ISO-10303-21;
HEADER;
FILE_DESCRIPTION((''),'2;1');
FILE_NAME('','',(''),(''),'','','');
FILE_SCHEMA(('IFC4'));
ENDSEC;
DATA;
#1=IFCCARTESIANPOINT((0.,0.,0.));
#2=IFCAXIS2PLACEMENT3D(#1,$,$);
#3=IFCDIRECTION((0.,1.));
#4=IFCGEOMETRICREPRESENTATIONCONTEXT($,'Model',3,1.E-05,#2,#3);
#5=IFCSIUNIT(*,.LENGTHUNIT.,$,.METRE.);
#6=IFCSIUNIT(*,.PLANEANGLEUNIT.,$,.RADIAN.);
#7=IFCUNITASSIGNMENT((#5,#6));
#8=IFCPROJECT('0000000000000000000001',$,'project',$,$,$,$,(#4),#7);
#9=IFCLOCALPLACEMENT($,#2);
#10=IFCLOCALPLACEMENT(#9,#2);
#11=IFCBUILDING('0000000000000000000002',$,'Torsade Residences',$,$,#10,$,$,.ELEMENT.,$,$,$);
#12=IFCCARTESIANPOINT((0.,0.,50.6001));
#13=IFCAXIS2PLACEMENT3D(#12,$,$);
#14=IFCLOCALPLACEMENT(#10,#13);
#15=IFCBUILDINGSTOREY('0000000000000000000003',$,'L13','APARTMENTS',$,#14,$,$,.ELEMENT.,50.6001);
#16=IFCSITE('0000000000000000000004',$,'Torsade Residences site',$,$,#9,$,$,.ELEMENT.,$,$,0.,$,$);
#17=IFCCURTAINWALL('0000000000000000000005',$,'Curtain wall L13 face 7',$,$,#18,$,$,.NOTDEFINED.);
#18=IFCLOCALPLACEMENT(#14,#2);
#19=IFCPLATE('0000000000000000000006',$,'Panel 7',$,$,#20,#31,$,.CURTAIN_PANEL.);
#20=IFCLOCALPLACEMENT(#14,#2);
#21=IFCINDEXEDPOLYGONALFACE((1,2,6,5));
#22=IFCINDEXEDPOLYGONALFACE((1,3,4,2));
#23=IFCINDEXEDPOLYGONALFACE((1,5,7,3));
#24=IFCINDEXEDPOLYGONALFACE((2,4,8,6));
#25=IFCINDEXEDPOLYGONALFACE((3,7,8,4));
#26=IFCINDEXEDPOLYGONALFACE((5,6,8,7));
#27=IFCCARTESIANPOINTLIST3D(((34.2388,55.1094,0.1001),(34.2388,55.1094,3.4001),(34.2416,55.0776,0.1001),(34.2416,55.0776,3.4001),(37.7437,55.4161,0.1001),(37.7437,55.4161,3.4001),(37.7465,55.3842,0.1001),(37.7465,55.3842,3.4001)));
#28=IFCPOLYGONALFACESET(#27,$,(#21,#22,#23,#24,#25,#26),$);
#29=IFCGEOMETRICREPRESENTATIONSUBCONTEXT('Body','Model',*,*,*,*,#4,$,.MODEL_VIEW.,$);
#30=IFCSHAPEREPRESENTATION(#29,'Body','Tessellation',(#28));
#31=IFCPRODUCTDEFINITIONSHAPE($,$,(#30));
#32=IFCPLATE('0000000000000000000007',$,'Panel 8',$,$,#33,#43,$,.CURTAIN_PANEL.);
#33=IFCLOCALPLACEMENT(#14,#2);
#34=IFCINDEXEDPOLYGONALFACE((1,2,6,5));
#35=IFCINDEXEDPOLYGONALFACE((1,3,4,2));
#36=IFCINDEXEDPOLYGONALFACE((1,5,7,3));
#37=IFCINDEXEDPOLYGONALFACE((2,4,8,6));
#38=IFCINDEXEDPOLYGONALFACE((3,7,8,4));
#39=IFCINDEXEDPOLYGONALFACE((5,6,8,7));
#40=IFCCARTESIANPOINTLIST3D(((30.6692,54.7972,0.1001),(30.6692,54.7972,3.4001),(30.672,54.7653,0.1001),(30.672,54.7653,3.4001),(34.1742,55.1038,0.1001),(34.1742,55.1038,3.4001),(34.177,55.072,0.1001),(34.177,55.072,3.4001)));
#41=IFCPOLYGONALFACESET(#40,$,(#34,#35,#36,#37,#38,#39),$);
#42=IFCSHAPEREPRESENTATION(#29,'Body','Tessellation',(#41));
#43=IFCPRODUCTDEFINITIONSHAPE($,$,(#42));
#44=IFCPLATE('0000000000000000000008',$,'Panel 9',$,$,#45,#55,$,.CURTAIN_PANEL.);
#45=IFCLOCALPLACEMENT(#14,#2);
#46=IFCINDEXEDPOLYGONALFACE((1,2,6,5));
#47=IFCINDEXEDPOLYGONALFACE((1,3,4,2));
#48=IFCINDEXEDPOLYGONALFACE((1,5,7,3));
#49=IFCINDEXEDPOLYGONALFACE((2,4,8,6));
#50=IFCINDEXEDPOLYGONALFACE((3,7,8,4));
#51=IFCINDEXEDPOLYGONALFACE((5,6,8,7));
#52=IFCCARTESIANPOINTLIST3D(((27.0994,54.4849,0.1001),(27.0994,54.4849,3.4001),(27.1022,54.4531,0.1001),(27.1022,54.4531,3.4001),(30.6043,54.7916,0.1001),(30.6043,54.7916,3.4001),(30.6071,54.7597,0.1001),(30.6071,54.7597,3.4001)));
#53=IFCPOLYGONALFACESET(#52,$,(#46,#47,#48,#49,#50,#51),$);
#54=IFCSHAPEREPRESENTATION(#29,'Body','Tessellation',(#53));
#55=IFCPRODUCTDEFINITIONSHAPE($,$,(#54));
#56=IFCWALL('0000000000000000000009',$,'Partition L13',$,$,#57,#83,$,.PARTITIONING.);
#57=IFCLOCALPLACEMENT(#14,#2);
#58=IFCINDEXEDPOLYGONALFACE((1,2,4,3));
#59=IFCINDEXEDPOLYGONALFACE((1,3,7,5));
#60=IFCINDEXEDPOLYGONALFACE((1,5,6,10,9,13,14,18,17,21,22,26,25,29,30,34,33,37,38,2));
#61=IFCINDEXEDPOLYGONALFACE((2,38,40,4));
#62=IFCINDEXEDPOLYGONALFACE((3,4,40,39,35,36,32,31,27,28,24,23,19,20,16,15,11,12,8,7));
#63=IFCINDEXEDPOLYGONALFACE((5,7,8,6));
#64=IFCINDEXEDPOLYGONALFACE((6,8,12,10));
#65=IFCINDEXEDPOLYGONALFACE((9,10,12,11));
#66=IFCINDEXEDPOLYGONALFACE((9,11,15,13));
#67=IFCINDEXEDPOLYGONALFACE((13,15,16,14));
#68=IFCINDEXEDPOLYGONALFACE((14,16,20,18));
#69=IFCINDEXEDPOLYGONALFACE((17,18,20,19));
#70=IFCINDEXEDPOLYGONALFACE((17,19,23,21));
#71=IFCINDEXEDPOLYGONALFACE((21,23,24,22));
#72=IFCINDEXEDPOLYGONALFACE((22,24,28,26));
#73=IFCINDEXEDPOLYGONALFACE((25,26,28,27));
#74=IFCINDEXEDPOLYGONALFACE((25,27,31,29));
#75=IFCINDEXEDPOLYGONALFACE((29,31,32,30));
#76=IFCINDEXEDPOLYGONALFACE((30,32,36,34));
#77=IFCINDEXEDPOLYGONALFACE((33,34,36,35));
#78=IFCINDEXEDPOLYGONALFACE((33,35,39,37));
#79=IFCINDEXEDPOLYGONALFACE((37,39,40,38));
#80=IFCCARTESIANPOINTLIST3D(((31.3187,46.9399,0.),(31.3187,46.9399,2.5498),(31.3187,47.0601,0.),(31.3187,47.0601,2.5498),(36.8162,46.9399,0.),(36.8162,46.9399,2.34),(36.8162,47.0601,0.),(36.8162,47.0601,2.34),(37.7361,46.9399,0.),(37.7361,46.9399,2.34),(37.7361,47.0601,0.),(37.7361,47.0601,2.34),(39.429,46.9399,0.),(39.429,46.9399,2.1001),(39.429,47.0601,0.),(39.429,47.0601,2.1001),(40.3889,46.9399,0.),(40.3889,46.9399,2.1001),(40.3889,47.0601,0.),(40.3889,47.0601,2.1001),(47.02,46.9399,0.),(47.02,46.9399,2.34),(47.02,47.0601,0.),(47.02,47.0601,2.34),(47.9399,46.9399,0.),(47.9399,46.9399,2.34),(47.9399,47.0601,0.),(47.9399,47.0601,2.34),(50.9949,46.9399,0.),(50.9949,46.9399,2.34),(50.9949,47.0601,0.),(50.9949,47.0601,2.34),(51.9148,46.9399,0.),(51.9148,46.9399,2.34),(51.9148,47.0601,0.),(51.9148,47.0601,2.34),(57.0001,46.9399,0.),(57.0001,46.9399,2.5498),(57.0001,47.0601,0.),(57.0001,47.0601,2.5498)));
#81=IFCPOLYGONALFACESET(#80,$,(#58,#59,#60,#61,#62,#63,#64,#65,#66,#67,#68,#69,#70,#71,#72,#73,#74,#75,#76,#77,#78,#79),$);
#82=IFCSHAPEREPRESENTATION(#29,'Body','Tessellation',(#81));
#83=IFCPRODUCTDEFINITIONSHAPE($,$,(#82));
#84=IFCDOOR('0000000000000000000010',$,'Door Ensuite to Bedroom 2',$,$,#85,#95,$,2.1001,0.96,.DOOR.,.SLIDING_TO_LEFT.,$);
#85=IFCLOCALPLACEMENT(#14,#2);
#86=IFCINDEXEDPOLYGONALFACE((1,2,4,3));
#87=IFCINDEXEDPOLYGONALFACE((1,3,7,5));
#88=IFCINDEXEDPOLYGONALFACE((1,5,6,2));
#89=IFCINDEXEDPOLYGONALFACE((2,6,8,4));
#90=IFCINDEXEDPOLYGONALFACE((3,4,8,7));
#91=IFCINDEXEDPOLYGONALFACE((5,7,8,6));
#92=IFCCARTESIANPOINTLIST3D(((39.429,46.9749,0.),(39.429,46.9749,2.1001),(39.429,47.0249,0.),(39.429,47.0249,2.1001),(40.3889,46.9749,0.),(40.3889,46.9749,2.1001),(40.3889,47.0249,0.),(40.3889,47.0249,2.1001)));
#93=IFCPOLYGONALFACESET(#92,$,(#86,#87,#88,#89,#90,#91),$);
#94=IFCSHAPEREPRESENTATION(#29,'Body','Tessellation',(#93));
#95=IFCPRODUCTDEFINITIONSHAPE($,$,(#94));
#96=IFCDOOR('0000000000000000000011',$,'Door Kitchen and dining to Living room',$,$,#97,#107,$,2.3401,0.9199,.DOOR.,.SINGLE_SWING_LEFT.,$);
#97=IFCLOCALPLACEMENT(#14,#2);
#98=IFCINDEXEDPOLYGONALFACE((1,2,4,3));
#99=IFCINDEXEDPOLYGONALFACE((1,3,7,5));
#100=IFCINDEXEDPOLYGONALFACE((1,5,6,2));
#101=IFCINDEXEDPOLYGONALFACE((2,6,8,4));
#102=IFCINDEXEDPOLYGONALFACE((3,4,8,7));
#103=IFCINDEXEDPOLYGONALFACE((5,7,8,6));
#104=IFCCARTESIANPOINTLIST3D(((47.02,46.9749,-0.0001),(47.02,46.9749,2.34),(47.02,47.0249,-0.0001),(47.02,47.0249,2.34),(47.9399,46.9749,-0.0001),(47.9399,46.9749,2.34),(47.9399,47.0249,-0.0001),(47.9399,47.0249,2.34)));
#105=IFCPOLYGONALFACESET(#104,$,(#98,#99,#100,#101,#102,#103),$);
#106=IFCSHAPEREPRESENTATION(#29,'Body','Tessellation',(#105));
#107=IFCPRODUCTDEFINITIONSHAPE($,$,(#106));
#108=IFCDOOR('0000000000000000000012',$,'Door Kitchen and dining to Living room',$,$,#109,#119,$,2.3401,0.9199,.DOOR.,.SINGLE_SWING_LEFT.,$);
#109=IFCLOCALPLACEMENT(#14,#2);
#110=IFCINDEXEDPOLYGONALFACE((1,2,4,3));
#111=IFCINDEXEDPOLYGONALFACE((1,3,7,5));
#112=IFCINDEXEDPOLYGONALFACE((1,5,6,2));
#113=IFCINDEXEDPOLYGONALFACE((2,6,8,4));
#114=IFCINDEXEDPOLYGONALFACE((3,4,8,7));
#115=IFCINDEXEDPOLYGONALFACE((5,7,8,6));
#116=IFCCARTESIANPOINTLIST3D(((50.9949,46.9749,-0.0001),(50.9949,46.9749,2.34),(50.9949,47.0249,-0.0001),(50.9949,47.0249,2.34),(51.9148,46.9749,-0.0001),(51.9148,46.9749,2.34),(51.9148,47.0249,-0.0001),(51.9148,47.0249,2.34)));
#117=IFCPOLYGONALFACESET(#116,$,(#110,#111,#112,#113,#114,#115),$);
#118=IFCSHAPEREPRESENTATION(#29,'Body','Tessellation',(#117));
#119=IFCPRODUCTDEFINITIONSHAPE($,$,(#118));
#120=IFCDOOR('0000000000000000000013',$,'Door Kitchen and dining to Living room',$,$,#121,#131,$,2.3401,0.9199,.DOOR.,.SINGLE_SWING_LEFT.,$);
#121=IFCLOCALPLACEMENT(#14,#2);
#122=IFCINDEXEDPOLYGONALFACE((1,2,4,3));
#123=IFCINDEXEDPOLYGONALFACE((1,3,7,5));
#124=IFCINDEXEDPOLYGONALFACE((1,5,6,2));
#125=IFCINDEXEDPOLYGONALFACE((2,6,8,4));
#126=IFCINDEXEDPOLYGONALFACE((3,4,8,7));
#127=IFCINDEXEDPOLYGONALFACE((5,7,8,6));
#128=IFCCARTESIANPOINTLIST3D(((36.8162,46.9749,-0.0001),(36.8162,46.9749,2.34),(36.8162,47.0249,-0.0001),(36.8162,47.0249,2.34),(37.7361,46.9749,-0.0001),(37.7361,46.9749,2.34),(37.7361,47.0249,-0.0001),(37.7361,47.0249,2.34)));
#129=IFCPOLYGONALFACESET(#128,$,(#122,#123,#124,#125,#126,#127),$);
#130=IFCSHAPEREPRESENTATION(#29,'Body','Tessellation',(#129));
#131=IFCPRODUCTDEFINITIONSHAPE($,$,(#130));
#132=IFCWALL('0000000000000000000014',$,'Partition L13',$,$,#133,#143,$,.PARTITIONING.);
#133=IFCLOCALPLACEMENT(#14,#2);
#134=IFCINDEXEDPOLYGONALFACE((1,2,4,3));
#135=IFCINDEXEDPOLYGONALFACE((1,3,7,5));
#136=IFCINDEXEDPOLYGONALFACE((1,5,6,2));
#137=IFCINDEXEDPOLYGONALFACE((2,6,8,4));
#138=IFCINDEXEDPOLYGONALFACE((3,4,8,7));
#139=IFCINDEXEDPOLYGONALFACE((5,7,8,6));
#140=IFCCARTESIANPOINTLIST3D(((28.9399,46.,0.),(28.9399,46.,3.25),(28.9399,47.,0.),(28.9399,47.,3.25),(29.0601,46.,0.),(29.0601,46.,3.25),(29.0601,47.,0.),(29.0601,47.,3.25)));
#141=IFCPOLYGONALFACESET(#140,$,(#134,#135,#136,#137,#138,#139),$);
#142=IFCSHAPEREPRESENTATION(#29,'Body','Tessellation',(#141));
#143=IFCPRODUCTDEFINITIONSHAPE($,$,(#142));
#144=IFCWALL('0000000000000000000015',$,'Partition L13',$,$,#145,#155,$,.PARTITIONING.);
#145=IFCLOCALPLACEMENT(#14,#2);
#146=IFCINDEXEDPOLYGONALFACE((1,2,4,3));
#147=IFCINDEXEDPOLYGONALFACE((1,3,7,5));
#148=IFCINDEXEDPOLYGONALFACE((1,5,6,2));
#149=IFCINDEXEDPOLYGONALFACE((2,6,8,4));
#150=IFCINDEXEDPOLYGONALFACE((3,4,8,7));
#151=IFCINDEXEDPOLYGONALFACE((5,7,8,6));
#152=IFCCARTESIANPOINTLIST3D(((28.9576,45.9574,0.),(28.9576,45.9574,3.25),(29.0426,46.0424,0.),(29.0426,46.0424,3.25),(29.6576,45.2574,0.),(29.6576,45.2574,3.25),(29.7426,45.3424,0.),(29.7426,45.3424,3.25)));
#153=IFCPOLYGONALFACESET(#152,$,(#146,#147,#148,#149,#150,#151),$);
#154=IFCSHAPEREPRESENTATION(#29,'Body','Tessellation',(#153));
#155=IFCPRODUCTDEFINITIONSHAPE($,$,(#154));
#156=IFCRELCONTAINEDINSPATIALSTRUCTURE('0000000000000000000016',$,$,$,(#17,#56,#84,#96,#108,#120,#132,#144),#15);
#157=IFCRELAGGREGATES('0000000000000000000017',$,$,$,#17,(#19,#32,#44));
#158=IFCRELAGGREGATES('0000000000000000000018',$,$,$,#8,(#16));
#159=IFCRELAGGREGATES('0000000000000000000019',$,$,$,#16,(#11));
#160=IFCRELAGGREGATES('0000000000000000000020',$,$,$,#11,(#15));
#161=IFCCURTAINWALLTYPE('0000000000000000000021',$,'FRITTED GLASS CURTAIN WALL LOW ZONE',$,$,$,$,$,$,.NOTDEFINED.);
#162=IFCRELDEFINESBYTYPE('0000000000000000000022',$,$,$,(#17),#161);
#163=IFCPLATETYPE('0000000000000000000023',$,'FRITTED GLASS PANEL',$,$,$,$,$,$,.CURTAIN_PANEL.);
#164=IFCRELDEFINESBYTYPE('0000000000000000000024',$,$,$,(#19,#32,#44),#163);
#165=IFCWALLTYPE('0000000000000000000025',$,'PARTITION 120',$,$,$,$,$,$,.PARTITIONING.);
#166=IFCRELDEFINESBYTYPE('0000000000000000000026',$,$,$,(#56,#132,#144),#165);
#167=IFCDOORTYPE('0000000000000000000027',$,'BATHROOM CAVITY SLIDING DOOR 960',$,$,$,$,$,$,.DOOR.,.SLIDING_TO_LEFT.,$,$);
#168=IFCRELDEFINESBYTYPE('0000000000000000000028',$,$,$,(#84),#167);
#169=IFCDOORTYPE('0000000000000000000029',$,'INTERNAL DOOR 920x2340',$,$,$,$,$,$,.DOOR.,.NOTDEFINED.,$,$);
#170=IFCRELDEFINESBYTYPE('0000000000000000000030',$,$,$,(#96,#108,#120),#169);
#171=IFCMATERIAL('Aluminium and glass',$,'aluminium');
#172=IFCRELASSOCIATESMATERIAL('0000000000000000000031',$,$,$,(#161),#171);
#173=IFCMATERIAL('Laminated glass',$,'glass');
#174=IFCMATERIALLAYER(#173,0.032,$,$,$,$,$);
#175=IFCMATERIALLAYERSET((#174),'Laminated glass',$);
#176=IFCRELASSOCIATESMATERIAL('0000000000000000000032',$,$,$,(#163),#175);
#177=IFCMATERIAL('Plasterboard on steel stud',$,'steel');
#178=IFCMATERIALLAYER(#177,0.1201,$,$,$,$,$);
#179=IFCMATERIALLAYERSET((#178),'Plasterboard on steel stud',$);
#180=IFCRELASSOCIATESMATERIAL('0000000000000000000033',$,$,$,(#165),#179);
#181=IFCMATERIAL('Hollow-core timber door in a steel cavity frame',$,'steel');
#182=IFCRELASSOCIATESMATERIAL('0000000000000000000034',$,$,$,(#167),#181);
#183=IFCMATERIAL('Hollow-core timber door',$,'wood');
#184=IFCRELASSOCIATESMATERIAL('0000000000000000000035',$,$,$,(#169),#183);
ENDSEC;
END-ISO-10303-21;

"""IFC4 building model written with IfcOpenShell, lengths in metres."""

from ifc_helpers import new_model, si_unit, direction, frame, frame_2d, origin, origin_2d, place, context, subcontext, project, spatial, rectangle, extrude, material, layer, layer_set, type_object, element, fill, aggregate, save


model = new_model("IFC4")

# Units and contexts
model_context = context("Model", 3, precision=1e-05, world=origin(), true_north=direction((0.0, 1.0)))
body_context = subcontext(model_context, "Body", "Model", "MODEL_VIEW")
ifc_project = project(units=[si_unit("LENGTHUNIT", "METRE"), si_unit("PLANEANGLEUNIT", "RADIAN")], contexts=[model_context])

# Site, building, storey
site_placement = place(None, origin())
site = spatial("IfcSite", under=ifc_project, at=site_placement, Name="Torsade Residences site", CompositionType="ELEMENT", RefElevation=0.0)
building_placement = place(site_placement, origin())
building = spatial("IfcBuilding", under=site, at=building_placement, Name="Torsade Residences", CompositionType="ELEMENT")
storey_placement = place(building_placement, frame((0.0, 0.0, 50.6001)))
storey = spatial("IfcBuildingStorey", under=building, at=storey_placement, Name="L13", Description="APARTMENTS", CompositionType="ELEMENT", Elevation=50.6001)

# Curtain wall
ifc_material_1 = material(Name="Aluminium and glass", Category="aluminium")
curtain_wall_type = type_object("IfcCurtainWallType", Name="FRITTED GLASS CURTAIN WALL LOW ZONE", PredefinedType="NOTDEFINED", material=ifc_material_1)
curtain_wall_placement = place(storey_placement, origin())
curtain_wall = element("IfcCurtainWall", 1, at=curtain_wall_placement, inside=storey, type_object=curtain_wall_type, Name="Curtain wall L13 face 7", PredefinedType="NOTDEFINED")

# Plates
ifc_material_2 = material(Name="Laminated glass", Category="glass")
ifc_layer_1 = layer(ifc_material_2, 0.032)
ifc_layer_set_1 = layer_set([ifc_layer_1], Name="Laminated glass")
plate_type = type_object("IfcPlateType", Name="FRITTED GLASS PANEL", PredefinedType="CURTAIN_PANEL", material=ifc_layer_set_1)
plate_1_placement = place(storey_placement, frame((35.9927, 55.2468, 0.1001), z_axis=(0.0, 0.0, 1.0), x_axis=(-0.996195, -0.087156, 0.0)))
plate_1 = element("IfcPlate", 2, at=plate_1_placement, type_object=plate_type, Name="Panel 7", PredefinedType="CURTAIN_PANEL", context=body_context, shape_type="SweptSolid", body=[
    extrude(rectangle(XDim=3.5183, YDim=0.032, at=origin_2d()), origin(), (0.0, 0.0, 1.0), 3.3),
])
plate_2_placement = place(storey_placement, frame((32.4231, 54.9346, 0.1001), z_axis=(0.0, 0.0, 1.0), x_axis=(-0.996195, -0.087156, 0.0)))
plate_2 = element("IfcPlate", 3, at=plate_2_placement, type_object=plate_type, Name="Panel 8", PredefinedType="CURTAIN_PANEL", context=body_context, shape_type="SweptSolid", body=[
    extrude(rectangle(XDim=3.5183, YDim=0.032, at=origin_2d()), origin(), (0.0, 0.0, 1.0), 3.3),
])
plate_3_placement = place(storey_placement, frame((28.8533, 54.6223, 0.1001), z_axis=(0.0, 0.0, 1.0), x_axis=(-0.996195, -0.087156, 0.0)))
plate_3 = element("IfcPlate", 4, at=plate_3_placement, type_object=plate_type, Name="Panel 9", PredefinedType="CURTAIN_PANEL", context=body_context, shape_type="SweptSolid", body=[
    extrude(rectangle(XDim=3.5183, YDim=0.032, at=origin_2d()), origin(), (0.0, 0.0, 1.0), 3.3),
])
aggregate(curtain_wall, [plate_1, plate_2, plate_3])

# Wall, openings, doors
ifc_material_3 = material(Name="Plasterboard on steel stud", Category="steel")
ifc_layer_2 = layer(ifc_material_3, 0.1201)
ifc_layer_set_2 = layer_set([ifc_layer_2], Name="Plasterboard on steel stud")
wall_type_1 = type_object("IfcWallType", Name="PARTITION 120", PredefinedType="PARTITIONING", material=ifc_layer_set_2)
wall_1_placement = place(storey_placement, frame((31.3186, 47.0, 0.0), z_axis=(0.0, 0.0, 1.0), x_axis=(1.0, 0.0, 0.0)))
wall_1 = element("IfcWall", 5, at=wall_1_placement, inside=storey, type_object=wall_type_1, Name="Partition L13", PredefinedType="PARTITIONING", context=body_context, shape_type="SweptSolid", body=[
    extrude(rectangle(XDim=25.6814, YDim=0.1201, at=frame_2d((12.8408, 0.0))), origin(), (0.0, 0.0, 1.0), 2.5498),
])
opening_1_placement = place(wall_1_placement, frame((15.7014, 0.0, 0.0)))
opening_1 = element("IfcOpeningElement", 6, at=opening_1_placement, cuts=wall_1, PredefinedType="OPENING", context=body_context, shape_type="SweptSolid", body=[
    extrude(rectangle(XDim=0.9199, YDim=2.3401, at=frame_2d((0.46, 1.1699))), frame((0.0, 0.0701, 0.0), z_axis=(0.0, -1.0, 0.0), x_axis=(1.0, 0.0, 0.0)), (0.0, 0.0, 1.0), 0.1401),
])
opening_2_placement = place(wall_1_placement, frame((19.6763, 0.0, 0.0)))
opening_2 = element("IfcOpeningElement", 7, at=opening_2_placement, cuts=wall_1, PredefinedType="OPENING", context=body_context, shape_type="SweptSolid", body=[
    extrude(rectangle(XDim=0.9199, YDim=2.3401, at=frame_2d((0.46, 1.1699))), frame((0.0, 0.0701, 0.0), z_axis=(0.0, -1.0, 0.0), x_axis=(1.0, 0.0, 0.0)), (0.0, 0.0, 1.0), 0.1401),
])
opening_3_placement = place(wall_1_placement, frame((5.4976, 0.0, 0.0)))
opening_3 = element("IfcOpeningElement", 8, at=opening_3_placement, cuts=wall_1, PredefinedType="OPENING", context=body_context, shape_type="SweptSolid", body=[
    extrude(rectangle(XDim=0.9199, YDim=2.3401, at=frame_2d((0.46, 1.1699))), frame((0.0, 0.0701, 0.0), z_axis=(0.0, -1.0, 0.0), x_axis=(1.0, 0.0, 0.0)), (0.0, 0.0, 1.0), 0.1401),
])
opening_4_placement = place(wall_1_placement, frame((8.1104, 0.0, 0.0)))
opening_4 = element("IfcOpeningElement", 9, at=opening_4_placement, cuts=wall_1, PredefinedType="OPENING", context=body_context, shape_type="SweptSolid", body=[
    extrude(rectangle(XDim=0.96, YDim=2.1001, at=frame_2d((0.48, 1.05))), frame((0.0, 0.0701, 0.0), z_axis=(0.0, -1.0, 0.0), x_axis=(1.0, 0.0, 0.0)), (0.0, 0.0, 1.0), 0.1401),
])
ifc_material_4 = material(Name="Hollow-core timber door in a steel cavity frame", Category="steel")
door_type_1 = type_object("IfcDoorType", Name="BATHROOM CAVITY SLIDING DOOR 960", OperationType="SLIDING_TO_LEFT", PredefinedType="DOOR", material=ifc_material_4)
door_1_placement = place(opening_4_placement, origin())
door_1 = element("IfcDoor", 10, at=door_1_placement, inside=storey, type_object=door_type_1, Name="Door Ensuite to Bedroom 2", OperationType="SLIDING_TO_LEFT", OverallHeight=2.1001, OverallWidth=0.96, PredefinedType="DOOR", context=body_context, shape_type="SweptSolid", body=[
    extrude(rectangle(XDim=0.96, YDim=2.1001, at=frame_2d((0.48, 1.05))), frame((0.0, 0.0249, 0.0), z_axis=(0.0, -1.0, 0.0), x_axis=(1.0, 0.0, 0.0)), (0.0, 0.0, 1.0), 0.05),
])
fill(opening_4, door_1)
ifc_material_5 = material(Name="Hollow-core timber door", Category="wood")
door_type_2 = type_object("IfcDoorType", Name="INTERNAL DOOR 920x2340", OperationType="NOTDEFINED", PredefinedType="DOOR", material=ifc_material_5)
door_2_placement = place(opening_1_placement, origin())
door_2 = element("IfcDoor", 11, at=door_2_placement, inside=storey, type_object=door_type_2, Name="Door Kitchen and dining to Living room", OperationType="SINGLE_SWING_LEFT", OverallHeight=2.3401, OverallWidth=0.9199, PredefinedType="DOOR", context=body_context, shape_type="SweptSolid", body=[
    extrude(rectangle(XDim=0.9199, YDim=2.3401, at=frame_2d((0.46, 1.1699))), frame((0.0, 0.0249, 0.0), z_axis=(0.0, -1.0, 0.0), x_axis=(1.0, 0.0, 0.0)), (0.0, 0.0, 1.0), 0.05),
])
fill(opening_1, door_2)
door_3_placement = place(opening_2_placement, origin())
door_3 = element("IfcDoor", 12, at=door_3_placement, inside=storey, type_object=door_type_2, Name="Door Kitchen and dining to Living room", OperationType="SINGLE_SWING_LEFT", OverallHeight=2.3401, OverallWidth=0.9199, PredefinedType="DOOR", context=body_context, shape_type="SweptSolid", body=[
    extrude(rectangle(XDim=0.9199, YDim=2.3401, at=frame_2d((0.46, 1.1699))), frame((0.0, 0.0249, 0.0), z_axis=(0.0, -1.0, 0.0), x_axis=(1.0, 0.0, 0.0)), (0.0, 0.0, 1.0), 0.05),
])
fill(opening_2, door_3)
door_4_placement = place(opening_3_placement, origin())
door_4 = element("IfcDoor", 13, at=door_4_placement, inside=storey, type_object=door_type_2, Name="Door Kitchen and dining to Living room", OperationType="SINGLE_SWING_LEFT", OverallHeight=2.3401, OverallWidth=0.9199, PredefinedType="DOOR", context=body_context, shape_type="SweptSolid", body=[
    extrude(rectangle(XDim=0.9199, YDim=2.3401, at=frame_2d((0.46, 1.1699))), frame((0.0, 0.0249, 0.0), z_axis=(0.0, -1.0, 0.0), x_axis=(1.0, 0.0, 0.0)), (0.0, 0.0, 1.0), 0.05),
])
fill(opening_3, door_4)

# Walls
wall_2_placement = place(storey_placement, frame((29.0, 47.0, 0.0), z_axis=(0.0, 0.0, 1.0), x_axis=(0.0, -1.0, 0.0)))
element("IfcWall", 14, at=wall_2_placement, inside=storey, type_object=wall_type_1, Name="Partition L13", PredefinedType="PARTITIONING", context=body_context, shape_type="SweptSolid", body=[
    extrude(rectangle(XDim=1.0, YDim=0.1201, at=frame_2d((0.5, 0.0))), origin(), (0.0, 0.0, 1.0), 3.25),
])
wall_3_placement = place(storey_placement, frame((29.0, 46.0, 0.0), z_axis=(0.0, 0.0, 1.0), x_axis=(0.707107, -0.707107, 0.0)))
element("IfcWall", 15, at=wall_3_placement, inside=storey, type_object=wall_type_1, Name="Partition L13", PredefinedType="PARTITIONING", context=body_context, shape_type="SweptSolid", body=[
    extrude(rectangle(XDim=0.99, YDim=0.1201, at=frame_2d((0.4951, 0.0))), origin(), (0.0, 0.0, 1.0), 3.25),
])

save(model, "model.ifc")
